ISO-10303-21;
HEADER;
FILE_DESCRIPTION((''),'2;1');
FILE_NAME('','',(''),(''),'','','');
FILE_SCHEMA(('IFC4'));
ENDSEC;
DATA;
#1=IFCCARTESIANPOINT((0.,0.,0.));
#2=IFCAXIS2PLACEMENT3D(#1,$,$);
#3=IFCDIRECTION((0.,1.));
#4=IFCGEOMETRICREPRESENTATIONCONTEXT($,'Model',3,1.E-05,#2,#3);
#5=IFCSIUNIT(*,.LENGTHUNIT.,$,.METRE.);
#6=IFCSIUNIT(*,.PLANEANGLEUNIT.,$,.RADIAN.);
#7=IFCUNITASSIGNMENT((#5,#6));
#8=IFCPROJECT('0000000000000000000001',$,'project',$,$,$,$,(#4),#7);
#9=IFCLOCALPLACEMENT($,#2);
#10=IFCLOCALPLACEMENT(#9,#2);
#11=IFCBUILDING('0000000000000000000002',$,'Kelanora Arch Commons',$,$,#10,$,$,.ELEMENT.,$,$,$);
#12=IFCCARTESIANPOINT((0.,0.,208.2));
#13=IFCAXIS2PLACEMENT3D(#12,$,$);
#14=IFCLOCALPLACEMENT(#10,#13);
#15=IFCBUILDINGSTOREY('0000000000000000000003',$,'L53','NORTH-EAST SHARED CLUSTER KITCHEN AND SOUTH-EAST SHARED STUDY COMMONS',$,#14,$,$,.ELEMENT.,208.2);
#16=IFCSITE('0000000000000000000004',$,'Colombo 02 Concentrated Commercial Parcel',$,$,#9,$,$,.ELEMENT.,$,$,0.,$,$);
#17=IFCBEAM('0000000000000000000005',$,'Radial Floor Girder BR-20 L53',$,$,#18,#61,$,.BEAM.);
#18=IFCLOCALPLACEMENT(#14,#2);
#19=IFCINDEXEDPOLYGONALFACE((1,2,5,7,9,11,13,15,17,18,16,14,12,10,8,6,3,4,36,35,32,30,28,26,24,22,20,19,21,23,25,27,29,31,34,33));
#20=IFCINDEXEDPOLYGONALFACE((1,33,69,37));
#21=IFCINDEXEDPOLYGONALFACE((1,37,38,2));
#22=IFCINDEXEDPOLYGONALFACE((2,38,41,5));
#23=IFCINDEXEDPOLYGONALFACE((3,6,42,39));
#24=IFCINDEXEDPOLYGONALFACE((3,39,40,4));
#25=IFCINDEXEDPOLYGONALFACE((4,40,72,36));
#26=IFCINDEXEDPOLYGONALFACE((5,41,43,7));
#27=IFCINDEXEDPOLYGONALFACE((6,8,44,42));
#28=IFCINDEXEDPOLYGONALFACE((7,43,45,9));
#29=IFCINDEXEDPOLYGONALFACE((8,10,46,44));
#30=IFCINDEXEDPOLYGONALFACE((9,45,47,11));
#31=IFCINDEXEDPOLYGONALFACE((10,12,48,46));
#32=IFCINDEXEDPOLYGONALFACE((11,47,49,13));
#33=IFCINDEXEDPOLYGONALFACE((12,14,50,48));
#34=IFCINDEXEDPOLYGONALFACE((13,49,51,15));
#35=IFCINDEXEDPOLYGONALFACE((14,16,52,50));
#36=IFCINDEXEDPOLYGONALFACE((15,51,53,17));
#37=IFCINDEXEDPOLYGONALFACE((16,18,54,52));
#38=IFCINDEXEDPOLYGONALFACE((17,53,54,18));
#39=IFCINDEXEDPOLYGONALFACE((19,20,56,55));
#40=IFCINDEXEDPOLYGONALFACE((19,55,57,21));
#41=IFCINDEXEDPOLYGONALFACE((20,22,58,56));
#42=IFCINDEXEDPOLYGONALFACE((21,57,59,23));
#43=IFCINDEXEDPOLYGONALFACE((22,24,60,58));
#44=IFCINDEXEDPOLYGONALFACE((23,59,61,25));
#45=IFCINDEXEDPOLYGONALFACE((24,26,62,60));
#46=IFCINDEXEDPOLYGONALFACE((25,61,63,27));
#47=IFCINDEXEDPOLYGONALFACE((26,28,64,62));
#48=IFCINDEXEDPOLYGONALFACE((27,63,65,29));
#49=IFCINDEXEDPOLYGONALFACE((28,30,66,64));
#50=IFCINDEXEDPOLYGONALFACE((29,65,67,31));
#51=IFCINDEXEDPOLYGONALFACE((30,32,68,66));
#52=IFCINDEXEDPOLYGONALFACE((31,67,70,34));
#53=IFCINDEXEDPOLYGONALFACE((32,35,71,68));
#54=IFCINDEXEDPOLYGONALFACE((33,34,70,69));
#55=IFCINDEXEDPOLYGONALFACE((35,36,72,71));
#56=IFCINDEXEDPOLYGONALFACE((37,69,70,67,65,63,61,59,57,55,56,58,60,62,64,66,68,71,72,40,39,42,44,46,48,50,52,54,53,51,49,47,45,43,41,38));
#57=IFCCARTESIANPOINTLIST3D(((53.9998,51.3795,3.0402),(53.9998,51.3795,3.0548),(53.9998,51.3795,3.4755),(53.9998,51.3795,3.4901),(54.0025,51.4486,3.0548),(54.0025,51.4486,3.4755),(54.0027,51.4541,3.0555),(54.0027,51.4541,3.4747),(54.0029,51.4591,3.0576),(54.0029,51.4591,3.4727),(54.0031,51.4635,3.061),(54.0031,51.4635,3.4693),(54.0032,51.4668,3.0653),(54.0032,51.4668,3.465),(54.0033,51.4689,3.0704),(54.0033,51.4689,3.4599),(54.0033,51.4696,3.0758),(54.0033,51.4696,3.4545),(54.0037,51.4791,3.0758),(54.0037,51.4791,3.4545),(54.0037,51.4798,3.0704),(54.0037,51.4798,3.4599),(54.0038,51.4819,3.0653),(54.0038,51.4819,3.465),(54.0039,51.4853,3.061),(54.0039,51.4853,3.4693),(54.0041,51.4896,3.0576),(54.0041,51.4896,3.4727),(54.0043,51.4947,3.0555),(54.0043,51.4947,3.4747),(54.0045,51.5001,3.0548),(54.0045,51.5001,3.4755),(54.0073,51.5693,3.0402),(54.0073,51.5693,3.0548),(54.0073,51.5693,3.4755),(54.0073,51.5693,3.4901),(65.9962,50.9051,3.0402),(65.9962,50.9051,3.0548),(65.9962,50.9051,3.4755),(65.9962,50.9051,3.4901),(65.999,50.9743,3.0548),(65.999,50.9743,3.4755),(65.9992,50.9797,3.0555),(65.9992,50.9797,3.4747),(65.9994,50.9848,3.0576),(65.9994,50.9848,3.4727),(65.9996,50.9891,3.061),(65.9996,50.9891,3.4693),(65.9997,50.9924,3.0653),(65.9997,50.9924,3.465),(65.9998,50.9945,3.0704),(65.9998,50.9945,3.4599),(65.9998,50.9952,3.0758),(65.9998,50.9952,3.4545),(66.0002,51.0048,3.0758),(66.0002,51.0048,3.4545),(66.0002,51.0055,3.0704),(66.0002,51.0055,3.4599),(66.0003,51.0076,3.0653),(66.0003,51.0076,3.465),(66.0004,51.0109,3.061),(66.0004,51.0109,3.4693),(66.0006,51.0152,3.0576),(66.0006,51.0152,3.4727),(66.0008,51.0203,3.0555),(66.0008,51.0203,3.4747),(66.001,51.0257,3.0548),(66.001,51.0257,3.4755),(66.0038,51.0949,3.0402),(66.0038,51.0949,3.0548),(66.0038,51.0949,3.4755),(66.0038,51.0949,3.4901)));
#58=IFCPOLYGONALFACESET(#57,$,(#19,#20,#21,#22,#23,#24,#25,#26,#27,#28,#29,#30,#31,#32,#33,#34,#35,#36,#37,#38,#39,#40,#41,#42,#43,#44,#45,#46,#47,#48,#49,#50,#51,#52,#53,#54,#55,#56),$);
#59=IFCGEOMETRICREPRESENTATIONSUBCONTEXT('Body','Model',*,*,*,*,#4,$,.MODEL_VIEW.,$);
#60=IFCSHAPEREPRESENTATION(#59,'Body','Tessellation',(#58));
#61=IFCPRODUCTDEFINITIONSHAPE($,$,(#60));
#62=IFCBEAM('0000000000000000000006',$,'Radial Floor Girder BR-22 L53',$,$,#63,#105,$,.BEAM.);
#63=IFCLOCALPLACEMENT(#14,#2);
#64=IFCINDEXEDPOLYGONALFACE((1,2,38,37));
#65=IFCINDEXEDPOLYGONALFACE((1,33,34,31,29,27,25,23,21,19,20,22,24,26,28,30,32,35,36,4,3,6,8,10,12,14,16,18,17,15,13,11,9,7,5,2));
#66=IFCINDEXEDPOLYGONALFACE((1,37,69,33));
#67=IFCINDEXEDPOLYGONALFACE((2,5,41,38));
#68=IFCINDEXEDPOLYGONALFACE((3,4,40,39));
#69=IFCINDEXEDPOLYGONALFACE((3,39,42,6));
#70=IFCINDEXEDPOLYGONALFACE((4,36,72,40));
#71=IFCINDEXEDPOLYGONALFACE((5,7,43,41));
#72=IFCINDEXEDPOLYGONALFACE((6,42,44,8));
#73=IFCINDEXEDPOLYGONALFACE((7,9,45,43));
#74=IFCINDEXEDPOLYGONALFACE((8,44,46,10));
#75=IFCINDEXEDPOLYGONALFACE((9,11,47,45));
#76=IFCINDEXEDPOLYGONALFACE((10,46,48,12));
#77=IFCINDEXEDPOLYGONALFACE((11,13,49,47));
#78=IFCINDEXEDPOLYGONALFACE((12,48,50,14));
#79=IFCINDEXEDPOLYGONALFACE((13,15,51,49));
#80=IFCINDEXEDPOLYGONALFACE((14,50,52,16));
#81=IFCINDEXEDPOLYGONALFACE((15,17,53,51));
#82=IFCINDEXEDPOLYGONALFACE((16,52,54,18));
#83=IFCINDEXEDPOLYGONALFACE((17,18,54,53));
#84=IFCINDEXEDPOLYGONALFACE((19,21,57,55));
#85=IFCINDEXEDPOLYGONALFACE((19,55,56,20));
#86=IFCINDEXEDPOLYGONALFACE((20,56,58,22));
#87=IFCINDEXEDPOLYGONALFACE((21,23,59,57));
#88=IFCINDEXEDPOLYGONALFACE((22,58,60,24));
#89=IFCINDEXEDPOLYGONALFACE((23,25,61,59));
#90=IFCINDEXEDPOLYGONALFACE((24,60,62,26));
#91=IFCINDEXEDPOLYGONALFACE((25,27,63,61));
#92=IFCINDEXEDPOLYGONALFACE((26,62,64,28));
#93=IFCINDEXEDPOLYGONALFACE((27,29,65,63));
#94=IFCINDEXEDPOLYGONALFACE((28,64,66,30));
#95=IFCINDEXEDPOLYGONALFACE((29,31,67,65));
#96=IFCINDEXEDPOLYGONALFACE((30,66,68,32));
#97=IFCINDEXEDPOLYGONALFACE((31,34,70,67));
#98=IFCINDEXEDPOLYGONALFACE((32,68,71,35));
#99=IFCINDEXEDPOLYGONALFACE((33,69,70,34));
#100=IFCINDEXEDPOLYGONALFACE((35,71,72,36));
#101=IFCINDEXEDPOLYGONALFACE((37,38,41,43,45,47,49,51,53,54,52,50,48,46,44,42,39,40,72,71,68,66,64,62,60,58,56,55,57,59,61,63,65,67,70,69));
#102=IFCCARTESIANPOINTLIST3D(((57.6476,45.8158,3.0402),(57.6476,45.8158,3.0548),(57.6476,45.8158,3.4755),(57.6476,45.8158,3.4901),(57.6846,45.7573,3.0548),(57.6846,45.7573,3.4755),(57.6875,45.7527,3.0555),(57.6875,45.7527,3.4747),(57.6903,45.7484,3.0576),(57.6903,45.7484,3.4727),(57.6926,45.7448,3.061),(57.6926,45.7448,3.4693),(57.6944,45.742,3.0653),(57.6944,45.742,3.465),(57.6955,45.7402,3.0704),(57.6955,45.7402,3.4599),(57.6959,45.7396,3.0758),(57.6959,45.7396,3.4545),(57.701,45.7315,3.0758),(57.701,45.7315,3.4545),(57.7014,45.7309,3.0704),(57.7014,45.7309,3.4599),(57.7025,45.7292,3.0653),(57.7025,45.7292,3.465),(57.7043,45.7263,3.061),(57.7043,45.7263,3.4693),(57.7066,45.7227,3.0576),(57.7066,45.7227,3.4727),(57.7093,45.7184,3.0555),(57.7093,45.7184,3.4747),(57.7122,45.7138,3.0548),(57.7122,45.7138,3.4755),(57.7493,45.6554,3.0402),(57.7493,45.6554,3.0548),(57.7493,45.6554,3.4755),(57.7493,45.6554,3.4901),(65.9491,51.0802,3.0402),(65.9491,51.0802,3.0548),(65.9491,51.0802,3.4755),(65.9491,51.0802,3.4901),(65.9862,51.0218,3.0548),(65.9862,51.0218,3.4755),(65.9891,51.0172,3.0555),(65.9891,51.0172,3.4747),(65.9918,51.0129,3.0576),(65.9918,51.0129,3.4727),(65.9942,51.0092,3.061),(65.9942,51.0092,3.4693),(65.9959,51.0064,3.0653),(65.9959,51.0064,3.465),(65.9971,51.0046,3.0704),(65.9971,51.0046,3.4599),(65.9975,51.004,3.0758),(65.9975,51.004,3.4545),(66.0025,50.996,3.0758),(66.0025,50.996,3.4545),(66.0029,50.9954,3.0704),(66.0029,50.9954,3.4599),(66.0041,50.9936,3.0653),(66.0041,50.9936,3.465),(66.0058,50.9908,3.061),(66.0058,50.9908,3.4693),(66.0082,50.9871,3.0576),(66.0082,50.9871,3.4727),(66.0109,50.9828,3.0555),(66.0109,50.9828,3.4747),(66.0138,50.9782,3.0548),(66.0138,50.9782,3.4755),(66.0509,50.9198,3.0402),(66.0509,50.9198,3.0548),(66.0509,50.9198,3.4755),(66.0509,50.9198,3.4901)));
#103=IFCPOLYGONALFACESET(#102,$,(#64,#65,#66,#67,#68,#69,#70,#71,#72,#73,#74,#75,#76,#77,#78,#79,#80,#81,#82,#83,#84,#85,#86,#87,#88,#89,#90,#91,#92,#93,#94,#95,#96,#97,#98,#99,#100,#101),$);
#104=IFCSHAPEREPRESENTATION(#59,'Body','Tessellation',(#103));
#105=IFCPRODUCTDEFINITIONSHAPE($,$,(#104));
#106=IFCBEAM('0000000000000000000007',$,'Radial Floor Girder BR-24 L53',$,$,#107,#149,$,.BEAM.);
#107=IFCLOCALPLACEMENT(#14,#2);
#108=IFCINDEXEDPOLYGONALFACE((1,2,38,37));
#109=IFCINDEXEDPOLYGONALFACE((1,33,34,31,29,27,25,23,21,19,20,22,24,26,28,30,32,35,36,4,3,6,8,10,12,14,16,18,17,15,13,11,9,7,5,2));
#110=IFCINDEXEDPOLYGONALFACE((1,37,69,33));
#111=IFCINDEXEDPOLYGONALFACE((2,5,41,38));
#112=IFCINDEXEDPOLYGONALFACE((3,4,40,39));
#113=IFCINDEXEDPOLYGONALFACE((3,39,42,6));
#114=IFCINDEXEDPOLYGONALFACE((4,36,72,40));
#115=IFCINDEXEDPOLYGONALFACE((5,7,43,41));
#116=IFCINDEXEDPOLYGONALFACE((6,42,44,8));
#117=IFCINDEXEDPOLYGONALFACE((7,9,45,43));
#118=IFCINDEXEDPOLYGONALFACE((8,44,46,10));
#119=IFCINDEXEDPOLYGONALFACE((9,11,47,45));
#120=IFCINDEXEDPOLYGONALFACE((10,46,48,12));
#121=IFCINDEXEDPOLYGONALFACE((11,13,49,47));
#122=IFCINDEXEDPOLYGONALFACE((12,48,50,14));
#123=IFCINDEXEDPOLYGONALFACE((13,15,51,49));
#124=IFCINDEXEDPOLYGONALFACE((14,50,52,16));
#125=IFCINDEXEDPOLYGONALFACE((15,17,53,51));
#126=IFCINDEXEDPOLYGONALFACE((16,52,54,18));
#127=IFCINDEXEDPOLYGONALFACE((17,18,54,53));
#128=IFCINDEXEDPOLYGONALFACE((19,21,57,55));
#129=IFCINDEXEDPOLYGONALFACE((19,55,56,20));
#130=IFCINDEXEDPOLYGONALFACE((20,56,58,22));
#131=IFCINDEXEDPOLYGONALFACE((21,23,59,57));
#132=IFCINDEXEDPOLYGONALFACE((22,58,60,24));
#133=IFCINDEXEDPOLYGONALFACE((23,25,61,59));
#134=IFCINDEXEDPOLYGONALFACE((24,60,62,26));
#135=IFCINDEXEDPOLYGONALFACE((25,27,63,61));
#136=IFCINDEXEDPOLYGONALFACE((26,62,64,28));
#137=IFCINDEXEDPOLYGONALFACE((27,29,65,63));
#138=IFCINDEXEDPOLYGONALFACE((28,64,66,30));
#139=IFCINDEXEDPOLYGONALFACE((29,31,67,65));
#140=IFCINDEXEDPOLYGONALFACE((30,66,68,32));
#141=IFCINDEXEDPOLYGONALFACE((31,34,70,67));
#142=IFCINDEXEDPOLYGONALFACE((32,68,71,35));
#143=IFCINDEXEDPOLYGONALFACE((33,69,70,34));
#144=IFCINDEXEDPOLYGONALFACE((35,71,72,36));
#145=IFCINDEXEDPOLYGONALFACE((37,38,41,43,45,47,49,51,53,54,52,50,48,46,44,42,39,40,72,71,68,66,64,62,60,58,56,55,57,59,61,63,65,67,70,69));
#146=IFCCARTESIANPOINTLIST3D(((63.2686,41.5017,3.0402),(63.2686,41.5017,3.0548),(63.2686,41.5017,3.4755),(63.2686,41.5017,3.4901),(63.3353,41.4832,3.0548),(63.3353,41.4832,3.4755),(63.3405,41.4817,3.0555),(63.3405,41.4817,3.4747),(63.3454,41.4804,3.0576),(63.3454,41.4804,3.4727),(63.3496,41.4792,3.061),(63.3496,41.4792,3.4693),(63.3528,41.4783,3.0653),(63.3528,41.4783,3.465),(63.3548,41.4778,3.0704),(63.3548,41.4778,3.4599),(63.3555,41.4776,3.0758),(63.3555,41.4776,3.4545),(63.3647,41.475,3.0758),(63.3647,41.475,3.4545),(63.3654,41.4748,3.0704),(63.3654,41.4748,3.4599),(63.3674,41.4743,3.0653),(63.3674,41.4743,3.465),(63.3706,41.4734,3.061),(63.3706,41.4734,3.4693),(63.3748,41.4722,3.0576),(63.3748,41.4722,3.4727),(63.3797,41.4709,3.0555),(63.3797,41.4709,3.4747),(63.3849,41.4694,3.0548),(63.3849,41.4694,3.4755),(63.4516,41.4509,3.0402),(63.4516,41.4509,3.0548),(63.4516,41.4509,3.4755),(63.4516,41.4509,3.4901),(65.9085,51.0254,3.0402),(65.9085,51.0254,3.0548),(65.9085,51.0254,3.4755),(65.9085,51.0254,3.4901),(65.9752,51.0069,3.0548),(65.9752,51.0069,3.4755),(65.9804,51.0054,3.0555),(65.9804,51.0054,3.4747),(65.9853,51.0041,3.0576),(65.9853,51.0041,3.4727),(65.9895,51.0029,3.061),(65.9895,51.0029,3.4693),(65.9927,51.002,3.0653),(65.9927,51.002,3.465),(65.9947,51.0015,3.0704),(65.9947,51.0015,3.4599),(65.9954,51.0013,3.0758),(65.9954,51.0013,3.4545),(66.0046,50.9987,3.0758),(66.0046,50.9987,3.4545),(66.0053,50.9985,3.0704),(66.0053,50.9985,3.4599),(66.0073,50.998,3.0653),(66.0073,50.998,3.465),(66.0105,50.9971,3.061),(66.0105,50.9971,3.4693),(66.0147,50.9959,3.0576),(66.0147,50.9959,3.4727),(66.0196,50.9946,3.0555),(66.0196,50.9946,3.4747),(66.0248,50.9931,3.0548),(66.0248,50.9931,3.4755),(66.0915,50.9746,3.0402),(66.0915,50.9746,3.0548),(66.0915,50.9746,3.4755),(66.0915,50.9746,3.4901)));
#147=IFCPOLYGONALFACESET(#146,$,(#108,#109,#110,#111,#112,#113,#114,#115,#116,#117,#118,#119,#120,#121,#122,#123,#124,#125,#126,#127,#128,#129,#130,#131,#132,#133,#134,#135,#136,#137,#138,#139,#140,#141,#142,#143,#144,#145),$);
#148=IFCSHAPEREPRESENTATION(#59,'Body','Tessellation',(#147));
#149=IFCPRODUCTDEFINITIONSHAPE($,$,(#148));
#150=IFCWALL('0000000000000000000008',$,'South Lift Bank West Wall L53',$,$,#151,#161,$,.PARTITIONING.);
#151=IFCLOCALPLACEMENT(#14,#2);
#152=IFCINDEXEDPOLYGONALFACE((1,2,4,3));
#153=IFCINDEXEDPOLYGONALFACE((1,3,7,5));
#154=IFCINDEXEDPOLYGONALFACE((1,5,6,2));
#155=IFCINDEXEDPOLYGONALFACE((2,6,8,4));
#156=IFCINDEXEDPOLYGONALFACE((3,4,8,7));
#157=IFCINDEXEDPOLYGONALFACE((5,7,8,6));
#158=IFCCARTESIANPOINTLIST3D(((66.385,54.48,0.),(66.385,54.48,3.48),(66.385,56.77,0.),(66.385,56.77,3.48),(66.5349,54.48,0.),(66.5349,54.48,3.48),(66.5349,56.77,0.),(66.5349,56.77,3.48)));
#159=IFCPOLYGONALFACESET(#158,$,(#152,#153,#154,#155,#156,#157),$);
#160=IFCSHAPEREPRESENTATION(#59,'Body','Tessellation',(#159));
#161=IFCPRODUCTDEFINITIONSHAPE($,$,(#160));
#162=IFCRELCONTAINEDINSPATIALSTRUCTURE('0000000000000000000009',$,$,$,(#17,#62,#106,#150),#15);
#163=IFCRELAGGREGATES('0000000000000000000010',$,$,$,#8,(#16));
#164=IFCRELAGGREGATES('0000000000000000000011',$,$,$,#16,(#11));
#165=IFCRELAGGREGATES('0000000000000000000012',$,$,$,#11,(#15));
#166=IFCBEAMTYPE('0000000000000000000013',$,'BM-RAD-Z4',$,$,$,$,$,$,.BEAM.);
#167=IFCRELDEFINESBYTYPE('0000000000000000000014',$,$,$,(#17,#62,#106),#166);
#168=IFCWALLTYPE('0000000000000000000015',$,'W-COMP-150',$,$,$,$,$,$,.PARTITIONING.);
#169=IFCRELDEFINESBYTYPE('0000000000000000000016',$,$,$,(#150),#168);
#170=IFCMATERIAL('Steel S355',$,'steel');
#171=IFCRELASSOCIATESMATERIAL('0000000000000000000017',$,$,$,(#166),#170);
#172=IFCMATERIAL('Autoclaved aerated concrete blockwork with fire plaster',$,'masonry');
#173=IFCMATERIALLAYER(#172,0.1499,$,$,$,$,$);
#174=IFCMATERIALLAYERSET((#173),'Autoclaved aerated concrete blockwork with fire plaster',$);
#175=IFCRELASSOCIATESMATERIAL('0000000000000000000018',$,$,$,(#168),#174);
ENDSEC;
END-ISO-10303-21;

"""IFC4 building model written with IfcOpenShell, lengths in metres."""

from ifc_helpers import new_model, si_unit, direction, frame, frame_2d, origin, origin_2d, place, context, subcontext, project, spatial, rectangle, i_section, extrude, material, layer, layer_set, material_profile, profile_set, type_object, element, save


model = new_model("IFC4")

# Units and contexts
model_context = context("Model", 3, precision=1e-05, world=origin(), true_north=direction((0.0, 1.0)))
body_context = subcontext(model_context, "Body", "Model", "MODEL_VIEW")
ifc_project = project(units=[si_unit("LENGTHUNIT", "METRE"), si_unit("PLANEANGLEUNIT", "RADIAN")], contexts=[model_context])

# Site, building, storey
site_placement = place(None, origin())
site = spatial("IfcSite", under=ifc_project, at=site_placement, Name="Colombo 02 Concentrated Commercial Parcel", CompositionType="ELEMENT", RefElevation=0.0)
building_placement = place(site_placement, origin())
building = spatial("IfcBuilding", under=site, at=building_placement, Name="Kelanora Arch Commons", CompositionType="ELEMENT")
storey_placement = place(building_placement, frame((0.0, 0.0, 208.2)))
storey = spatial("IfcBuildingStorey", under=building, at=storey_placement, Name="L53", Description="NORTH-EAST SHARED CLUSTER KITCHEN AND SOUTH-EAST SHARED STUDY COMMONS", CompositionType="ELEMENT", Elevation=208.2)

# Beams
ifc_material_1 = material(Name="Steel S355", Category="steel")
ifc_material_profile_1 = material_profile(ifc_material_1, i_section(OverallWidth=0.1899, OverallDepth=0.45, WebThickness=0.0095, FlangeThickness=0.0146, FilletRadius=0.021, at=origin_2d()), Name="IPE450")
ifc_profile_set_1 = profile_set([ifc_material_profile_1], Name="Steel S355")
beam_type_1 = type_object("IfcBeamType", Name="BM-RAD-Z4", PredefinedType="BEAM", material=ifc_profile_set_1)
beam_1_placement = place(storey_placement, frame((66.0, 51.0, 3.2651), z_axis=(-0.999219, 0.039511, 0.0), x_axis=(-0.039511, -0.999219, 0.0)))
element("IfcBeam", 1, at=beam_1_placement, inside=storey, type_object=beam_type_1, Name="Radial Floor Girder BR-20 L53", PredefinedType="BEAM", context=body_context, shape_type="SweptSolid", body=[
    extrude(i_section(OverallWidth=0.1899, OverallDepth=0.45, WebThickness=0.0095, FlangeThickness=0.0146, FilletRadius=0.021, at=origin_2d()), origin(), (0.0, 0.0, 1.0), 12.0059),
])
beam_2_placement = place(storey_placement, frame((66.0, 51.0, 3.2651), z_axis=(-0.844507, -0.535544, 0.0), x_axis=(0.535544, -0.844507, 0.0)))
element("IfcBeam", 2, at=beam_2_placement, inside=storey, type_object=beam_type_1, Name="Radial Floor Girder BR-22 L53", PredefinedType="BEAM", context=body_context, shape_type="SweptSolid", body=[
    extrude(i_section(OverallWidth=0.1899, OverallDepth=0.45, WebThickness=0.0095, FlangeThickness=0.0146, FilletRadius=0.021, at=origin_2d()), origin(), (0.0, 0.0, 1.0), 9.8301),
])
beam_3_placement = place(storey_placement, frame((66.0, 51.0, 3.2651), z_axis=(-0.26712, -0.963663, 0.0), x_axis=(0.963663, -0.26712, 0.0)))
element("IfcBeam", 3, at=beam_3_placement, inside=storey, type_object=beam_type_1, Name="Radial Floor Girder BR-24 L53", PredefinedType="BEAM", context=body_context, shape_type="SweptSolid", body=[
    extrude(i_section(OverallWidth=0.1899, OverallDepth=0.45, WebThickness=0.0095, FlangeThickness=0.0146, FilletRadius=0.021, at=origin_2d()), origin(), (0.0, 0.0, 1.0), 9.8828),
])

# Wall
ifc_material_2 = material(Name="Autoclaved aerated concrete blockwork with fire plaster", Category="masonry")
ifc_layer_1 = layer(ifc_material_2, 0.1499)
ifc_layer_set_1 = layer_set([ifc_layer_1], Name="Autoclaved aerated concrete blockwork with fire plaster")
wall_type_1 = type_object("IfcWallType", Name="W-COMP-150", PredefinedType="PARTITIONING", material=ifc_layer_set_1)
wall_1_placement = place(storey_placement, frame((66.46, 54.48, 0.0), z_axis=(0.0, 0.0, 1.0), x_axis=(0.0, 1.0, 0.0)))
element("IfcWall", 4, at=wall_1_placement, inside=storey, type_object=wall_type_1, Name="South Lift Bank West Wall L53", PredefinedType="PARTITIONING", context=body_context, shape_type="SweptSolid", body=[
    extrude(rectangle(XDim=2.29, YDim=0.1499, at=frame_2d((1.145, 0.0))), origin(), (0.0, 0.0, 1.0), 3.48),
])

save(model, "model.ifc")
